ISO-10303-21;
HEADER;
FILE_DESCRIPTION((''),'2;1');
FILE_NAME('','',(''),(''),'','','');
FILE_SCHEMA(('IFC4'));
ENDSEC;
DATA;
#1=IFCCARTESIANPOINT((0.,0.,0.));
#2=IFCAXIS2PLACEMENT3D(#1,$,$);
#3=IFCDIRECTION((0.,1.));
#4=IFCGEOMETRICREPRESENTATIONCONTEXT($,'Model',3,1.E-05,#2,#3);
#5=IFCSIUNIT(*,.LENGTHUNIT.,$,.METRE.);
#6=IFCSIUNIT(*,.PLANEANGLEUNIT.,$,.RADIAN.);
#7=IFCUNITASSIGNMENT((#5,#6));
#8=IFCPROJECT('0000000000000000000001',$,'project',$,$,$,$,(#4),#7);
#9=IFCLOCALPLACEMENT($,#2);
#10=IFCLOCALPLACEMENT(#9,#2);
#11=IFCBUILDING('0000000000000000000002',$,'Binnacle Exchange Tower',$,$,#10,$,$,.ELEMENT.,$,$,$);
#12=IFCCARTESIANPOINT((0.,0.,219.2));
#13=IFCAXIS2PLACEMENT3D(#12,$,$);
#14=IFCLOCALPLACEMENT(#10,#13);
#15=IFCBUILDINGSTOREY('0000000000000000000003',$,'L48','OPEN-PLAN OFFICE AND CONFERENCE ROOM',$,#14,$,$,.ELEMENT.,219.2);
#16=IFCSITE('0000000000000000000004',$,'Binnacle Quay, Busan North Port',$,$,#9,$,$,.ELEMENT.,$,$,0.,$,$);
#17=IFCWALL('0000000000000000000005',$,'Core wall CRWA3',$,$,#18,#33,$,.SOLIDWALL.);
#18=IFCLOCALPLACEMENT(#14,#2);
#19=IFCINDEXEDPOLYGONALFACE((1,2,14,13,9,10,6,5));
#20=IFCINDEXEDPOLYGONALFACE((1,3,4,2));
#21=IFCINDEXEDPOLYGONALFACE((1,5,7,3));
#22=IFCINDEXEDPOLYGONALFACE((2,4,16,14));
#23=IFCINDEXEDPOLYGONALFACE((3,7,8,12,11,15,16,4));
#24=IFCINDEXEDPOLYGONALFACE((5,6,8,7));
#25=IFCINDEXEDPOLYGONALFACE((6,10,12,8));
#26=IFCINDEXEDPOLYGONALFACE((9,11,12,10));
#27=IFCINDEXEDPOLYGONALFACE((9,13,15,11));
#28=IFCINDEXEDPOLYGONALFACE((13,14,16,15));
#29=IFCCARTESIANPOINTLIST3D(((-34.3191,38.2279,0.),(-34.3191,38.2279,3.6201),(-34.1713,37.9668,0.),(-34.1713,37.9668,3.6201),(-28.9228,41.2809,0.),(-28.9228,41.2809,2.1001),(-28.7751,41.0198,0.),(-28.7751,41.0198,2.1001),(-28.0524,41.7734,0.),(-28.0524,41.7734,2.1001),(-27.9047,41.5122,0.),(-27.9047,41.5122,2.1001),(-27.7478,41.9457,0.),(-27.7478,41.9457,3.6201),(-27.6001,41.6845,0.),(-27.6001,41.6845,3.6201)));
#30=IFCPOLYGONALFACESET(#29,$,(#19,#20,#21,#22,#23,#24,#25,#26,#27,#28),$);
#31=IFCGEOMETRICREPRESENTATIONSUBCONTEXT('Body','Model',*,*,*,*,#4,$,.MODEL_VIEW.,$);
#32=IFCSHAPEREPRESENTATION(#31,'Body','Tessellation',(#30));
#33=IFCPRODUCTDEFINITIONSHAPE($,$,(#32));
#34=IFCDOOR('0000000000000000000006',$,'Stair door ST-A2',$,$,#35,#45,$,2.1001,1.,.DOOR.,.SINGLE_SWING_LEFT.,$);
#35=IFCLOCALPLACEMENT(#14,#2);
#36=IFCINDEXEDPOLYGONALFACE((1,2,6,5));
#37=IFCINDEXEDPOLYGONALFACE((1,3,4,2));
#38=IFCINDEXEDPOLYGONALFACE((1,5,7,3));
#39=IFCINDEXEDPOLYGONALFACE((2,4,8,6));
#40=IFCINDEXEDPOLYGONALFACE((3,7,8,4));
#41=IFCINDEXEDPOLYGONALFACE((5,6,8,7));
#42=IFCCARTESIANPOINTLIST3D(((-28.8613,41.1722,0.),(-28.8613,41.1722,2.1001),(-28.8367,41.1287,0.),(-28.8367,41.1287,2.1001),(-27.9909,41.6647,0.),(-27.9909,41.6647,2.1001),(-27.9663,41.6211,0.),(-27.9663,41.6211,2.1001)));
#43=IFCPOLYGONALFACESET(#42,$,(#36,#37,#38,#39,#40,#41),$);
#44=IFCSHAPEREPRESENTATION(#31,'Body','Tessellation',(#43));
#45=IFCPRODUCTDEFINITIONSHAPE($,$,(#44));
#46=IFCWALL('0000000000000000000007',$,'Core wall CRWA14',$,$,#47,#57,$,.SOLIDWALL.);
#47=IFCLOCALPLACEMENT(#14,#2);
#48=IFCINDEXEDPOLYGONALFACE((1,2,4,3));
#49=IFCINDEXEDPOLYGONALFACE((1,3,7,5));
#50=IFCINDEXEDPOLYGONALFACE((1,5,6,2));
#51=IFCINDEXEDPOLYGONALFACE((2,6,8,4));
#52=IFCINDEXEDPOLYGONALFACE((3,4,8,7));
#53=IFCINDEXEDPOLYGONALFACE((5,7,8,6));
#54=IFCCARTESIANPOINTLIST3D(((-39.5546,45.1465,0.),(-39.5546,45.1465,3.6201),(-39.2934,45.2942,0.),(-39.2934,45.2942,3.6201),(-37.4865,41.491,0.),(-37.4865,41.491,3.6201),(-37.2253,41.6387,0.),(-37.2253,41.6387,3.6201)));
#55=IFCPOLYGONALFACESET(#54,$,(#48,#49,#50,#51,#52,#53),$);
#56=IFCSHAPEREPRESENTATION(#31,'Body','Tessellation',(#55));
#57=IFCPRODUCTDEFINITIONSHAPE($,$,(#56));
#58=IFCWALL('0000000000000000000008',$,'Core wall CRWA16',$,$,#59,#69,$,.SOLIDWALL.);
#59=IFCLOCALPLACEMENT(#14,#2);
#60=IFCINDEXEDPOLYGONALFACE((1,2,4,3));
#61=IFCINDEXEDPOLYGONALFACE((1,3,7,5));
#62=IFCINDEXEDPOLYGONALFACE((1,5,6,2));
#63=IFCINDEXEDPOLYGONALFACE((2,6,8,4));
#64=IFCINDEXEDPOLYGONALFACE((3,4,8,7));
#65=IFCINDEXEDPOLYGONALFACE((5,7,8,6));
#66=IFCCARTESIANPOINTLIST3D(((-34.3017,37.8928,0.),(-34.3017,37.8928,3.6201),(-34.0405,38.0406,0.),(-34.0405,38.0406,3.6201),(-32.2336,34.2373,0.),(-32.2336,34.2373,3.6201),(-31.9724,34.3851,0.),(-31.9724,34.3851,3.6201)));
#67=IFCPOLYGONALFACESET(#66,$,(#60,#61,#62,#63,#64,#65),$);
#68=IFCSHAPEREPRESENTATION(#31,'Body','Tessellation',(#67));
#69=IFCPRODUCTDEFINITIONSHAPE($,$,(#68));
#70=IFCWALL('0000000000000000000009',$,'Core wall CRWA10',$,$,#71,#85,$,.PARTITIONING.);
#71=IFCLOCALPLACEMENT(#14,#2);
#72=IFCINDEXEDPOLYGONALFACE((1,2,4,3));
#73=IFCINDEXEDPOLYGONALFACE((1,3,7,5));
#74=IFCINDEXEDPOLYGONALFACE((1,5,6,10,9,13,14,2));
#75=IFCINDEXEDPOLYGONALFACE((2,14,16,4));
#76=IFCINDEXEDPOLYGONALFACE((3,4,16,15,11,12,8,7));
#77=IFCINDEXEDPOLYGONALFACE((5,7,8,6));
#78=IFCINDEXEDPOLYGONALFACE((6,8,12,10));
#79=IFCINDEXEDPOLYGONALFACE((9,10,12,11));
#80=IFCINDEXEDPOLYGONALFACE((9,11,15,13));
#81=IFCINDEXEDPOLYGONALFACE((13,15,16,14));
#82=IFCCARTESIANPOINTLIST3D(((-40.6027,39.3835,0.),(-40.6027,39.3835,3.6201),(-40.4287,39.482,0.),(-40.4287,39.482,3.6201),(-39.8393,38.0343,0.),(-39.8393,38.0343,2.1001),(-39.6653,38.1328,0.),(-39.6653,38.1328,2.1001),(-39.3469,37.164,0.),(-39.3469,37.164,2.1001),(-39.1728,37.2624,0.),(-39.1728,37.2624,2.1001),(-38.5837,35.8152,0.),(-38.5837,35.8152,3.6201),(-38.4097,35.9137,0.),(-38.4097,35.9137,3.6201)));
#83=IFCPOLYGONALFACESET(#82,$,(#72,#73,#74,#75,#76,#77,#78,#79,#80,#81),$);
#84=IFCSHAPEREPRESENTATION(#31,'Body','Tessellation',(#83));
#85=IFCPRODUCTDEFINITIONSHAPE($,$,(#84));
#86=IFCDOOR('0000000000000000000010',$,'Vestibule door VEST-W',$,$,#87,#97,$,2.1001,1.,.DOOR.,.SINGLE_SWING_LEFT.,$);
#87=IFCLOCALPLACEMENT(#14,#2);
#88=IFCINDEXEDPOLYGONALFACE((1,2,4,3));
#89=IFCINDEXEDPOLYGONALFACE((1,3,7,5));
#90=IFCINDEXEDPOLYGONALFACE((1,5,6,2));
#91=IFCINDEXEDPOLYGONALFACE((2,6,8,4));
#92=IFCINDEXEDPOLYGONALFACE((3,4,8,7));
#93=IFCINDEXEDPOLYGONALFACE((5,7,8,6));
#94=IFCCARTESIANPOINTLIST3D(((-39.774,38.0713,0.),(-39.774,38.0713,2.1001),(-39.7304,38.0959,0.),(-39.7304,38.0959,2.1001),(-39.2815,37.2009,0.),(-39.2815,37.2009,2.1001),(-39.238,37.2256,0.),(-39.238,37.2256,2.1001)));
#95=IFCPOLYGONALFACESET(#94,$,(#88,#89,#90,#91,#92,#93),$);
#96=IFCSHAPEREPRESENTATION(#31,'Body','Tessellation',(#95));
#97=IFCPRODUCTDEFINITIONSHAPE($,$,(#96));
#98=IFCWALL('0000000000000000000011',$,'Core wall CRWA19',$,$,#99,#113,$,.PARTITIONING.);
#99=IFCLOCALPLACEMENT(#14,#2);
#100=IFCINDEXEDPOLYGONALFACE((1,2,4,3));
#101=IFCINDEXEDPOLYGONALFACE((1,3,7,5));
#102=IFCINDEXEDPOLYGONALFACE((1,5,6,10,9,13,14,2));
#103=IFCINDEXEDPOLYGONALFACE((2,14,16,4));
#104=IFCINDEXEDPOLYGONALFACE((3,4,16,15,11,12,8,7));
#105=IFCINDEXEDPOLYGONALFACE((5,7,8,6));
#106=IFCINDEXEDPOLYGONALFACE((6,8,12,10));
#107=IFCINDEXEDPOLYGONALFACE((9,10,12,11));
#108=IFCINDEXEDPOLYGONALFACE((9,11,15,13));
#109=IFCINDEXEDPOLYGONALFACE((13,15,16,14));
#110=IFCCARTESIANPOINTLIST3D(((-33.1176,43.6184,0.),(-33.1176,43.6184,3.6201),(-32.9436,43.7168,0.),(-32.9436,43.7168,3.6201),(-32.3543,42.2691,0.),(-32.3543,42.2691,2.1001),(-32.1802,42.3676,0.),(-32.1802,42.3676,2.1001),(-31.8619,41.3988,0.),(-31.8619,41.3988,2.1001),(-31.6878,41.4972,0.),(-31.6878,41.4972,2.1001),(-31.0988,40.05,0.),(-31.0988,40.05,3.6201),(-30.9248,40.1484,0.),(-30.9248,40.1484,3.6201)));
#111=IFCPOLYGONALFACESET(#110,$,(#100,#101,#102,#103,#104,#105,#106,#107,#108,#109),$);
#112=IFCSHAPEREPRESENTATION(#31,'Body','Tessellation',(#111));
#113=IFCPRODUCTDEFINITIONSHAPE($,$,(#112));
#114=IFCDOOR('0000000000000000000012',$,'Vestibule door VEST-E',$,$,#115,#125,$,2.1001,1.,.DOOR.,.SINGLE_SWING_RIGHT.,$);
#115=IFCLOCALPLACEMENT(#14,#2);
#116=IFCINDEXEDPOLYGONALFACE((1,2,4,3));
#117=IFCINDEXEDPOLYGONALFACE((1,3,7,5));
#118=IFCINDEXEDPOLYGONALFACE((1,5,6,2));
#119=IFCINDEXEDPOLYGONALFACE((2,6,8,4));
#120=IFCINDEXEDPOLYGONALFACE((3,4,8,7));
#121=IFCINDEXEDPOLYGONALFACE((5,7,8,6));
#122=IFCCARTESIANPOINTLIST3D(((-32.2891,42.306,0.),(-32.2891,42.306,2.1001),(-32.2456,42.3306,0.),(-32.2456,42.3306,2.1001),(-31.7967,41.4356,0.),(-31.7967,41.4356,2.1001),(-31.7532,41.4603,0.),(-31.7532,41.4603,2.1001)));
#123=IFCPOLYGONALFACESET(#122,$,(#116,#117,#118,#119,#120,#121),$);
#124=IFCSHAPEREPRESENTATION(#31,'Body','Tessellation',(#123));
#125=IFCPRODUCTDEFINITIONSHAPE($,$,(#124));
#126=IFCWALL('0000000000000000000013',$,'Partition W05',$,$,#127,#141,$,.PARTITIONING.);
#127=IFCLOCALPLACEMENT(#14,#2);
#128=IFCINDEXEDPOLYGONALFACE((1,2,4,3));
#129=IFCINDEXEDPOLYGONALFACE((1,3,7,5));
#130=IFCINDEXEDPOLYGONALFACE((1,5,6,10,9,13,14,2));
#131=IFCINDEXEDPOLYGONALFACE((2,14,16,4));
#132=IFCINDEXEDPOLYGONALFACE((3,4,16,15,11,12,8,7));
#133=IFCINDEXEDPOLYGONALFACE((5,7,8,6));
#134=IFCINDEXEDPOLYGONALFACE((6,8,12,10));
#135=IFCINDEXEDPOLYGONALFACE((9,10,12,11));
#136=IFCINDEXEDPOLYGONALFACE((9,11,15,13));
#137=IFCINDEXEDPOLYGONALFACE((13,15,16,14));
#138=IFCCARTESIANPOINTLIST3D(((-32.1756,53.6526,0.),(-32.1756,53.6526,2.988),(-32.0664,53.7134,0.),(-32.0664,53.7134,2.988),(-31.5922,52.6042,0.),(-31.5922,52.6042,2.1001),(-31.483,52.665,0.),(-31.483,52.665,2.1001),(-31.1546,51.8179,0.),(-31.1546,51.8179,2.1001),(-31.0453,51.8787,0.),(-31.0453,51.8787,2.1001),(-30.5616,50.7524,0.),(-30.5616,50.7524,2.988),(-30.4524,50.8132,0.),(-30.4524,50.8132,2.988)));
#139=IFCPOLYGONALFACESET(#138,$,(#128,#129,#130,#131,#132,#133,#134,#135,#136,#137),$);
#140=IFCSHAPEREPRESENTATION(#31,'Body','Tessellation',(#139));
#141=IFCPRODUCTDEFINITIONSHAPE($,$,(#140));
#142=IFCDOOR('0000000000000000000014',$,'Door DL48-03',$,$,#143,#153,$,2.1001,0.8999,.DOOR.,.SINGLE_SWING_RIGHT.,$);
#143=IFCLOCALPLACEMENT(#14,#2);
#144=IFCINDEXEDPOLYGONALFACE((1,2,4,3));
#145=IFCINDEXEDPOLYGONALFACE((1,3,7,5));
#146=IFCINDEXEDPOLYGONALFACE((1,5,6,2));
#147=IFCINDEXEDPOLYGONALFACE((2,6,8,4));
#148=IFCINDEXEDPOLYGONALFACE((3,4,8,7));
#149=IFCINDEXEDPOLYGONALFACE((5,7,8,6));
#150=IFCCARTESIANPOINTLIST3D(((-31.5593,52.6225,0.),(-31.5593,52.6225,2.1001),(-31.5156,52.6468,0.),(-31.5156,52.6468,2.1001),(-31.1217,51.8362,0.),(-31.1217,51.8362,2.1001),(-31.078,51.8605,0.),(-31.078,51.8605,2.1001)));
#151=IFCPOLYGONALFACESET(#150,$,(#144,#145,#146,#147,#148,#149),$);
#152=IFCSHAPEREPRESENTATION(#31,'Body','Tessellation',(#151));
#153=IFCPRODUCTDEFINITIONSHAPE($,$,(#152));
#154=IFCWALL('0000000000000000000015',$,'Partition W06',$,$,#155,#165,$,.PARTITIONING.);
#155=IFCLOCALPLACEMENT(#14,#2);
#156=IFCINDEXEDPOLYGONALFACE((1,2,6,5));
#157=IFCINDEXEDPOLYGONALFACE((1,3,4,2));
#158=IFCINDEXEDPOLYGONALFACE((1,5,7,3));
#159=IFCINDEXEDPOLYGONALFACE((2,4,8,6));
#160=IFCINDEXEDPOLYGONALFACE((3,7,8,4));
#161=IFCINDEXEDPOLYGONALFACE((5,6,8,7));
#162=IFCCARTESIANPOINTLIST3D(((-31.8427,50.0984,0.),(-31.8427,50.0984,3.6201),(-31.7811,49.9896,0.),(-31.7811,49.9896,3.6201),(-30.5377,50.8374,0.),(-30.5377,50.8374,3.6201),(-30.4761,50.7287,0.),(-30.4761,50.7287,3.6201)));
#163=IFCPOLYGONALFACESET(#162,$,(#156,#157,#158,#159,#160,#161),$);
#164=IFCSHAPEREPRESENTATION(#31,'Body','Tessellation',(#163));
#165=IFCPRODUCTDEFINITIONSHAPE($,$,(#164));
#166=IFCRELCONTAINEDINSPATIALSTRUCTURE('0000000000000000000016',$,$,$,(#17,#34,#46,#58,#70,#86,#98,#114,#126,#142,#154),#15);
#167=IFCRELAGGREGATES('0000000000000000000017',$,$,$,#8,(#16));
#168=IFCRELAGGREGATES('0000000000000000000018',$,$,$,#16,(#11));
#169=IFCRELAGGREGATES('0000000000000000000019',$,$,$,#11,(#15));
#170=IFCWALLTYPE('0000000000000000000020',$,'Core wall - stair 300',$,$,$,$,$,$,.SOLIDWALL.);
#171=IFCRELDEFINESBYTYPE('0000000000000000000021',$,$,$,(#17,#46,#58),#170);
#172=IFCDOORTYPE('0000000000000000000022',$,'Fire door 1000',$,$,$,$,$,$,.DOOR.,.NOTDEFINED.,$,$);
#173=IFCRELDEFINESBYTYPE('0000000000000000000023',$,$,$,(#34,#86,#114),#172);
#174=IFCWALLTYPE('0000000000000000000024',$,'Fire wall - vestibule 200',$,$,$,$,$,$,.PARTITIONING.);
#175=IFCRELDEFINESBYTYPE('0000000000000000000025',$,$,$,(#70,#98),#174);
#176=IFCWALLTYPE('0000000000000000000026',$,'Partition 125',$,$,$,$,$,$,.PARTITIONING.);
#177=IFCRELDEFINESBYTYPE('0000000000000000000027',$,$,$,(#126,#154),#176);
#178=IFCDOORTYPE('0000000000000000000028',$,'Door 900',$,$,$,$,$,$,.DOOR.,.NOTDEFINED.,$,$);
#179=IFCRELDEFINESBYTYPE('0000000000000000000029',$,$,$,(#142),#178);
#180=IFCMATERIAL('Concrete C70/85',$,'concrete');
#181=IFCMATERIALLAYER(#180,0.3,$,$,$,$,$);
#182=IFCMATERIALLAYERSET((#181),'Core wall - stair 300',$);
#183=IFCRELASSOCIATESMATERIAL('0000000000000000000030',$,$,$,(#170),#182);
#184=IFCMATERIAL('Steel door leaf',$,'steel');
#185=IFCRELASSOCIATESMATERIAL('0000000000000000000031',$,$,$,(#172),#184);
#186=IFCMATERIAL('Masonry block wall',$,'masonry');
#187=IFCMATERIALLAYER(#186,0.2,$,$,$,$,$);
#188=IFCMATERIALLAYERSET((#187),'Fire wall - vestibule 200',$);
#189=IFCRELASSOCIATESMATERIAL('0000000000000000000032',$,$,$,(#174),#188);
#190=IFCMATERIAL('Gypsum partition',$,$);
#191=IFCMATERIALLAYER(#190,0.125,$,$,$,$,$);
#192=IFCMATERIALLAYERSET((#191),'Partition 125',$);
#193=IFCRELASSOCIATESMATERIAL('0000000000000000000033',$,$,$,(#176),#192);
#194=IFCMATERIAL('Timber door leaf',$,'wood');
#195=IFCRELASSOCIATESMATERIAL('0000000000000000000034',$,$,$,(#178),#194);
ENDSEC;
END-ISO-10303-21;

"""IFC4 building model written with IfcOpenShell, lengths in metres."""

from ifc_helpers import new_model, si_unit, direction, frame, frame_2d, origin, place, context, subcontext, project, spatial, rectangle, extrude, material, layer, layer_set, type_object, element, fill, save


model = new_model("IFC4")

# Units and contexts
model_context = context("Model", 3, precision=1e-05, world=origin(), true_north=direction((0.0, 1.0)))
body_context = subcontext(model_context, "Body", "Model", "MODEL_VIEW")
ifc_project = project(units=[si_unit("LENGTHUNIT", "METRE"), si_unit("PLANEANGLEUNIT", "RADIAN")], contexts=[model_context])

# Site, building, storey
site_placement = place(None, origin())
site = spatial("IfcSite", under=ifc_project, at=site_placement, Name="Binnacle Quay, Busan North Port", CompositionType="ELEMENT", RefElevation=0.0)
building_placement = place(site_placement, origin())
building = spatial("IfcBuilding", under=site, at=building_placement, Name="Binnacle Exchange Tower", CompositionType="ELEMENT")
storey_placement = place(building_placement, frame((0.0, 0.0, 219.2)))
storey = spatial("IfcBuildingStorey", under=building, at=storey_placement, Name="L48", Description="OPEN-PLAN OFFICE AND CONFERENCE ROOM", CompositionType="ELEMENT", Elevation=219.2)

# Shared definitions
ifc_material_1 = material(Name="Concrete C70/85", Category="concrete")
ifc_material_2 = material(Name="Steel door leaf", Category="steel")

# Wall, opening, door
ifc_layer_1 = layer(ifc_material_1, 0.3)
ifc_layer_set_1 = layer_set([ifc_layer_1], Name="Core wall - stair 300")
wall_type_1 = type_object("IfcWallType", Name="Core wall - stair 300", PredefinedType="SOLIDWALL", material=ifc_layer_set_1)
wall_1_placement = place(storey_placement, frame((-34.2451, 38.0974, 0.0), z_axis=(0.0, 0.0, 1.0), x_axis=(0.87036, 0.492415, 0.0)))
wall_1 = element("IfcWall", 1, at=wall_1_placement, inside=storey, type_object=wall_type_1, Name="Core wall CRWA3", PredefinedType="SOLIDWALL", context=body_context, shape_type="SweptSolid", body=[
    extrude(rectangle(XDim=7.55, YDim=0.3, at=frame_2d((3.7749, 0.0))), origin(), (0.0, 0.0, 1.0), 3.6201),
])
opening_1_placement = place(wall_1_placement, frame((6.2, 0.0, 0.0)))
opening_1 = element("IfcOpeningElement", 2, at=opening_1_placement, cuts=wall_1, PredefinedType="OPENING", context=body_context, shape_type="SweptSolid", body=[
    extrude(rectangle(XDim=1.0, YDim=2.1001, at=frame_2d((0.5, 1.05))), frame((0.0, 0.1599, 0.0), z_axis=(0.0, -1.0, 0.0), x_axis=(1.0, 0.0, 0.0)), (0.0, 0.0, 1.0), 0.3201),
])
door_type_1 = type_object("IfcDoorType", Name="Fire door 1000", OperationType="NOTDEFINED", PredefinedType="DOOR", material=ifc_material_2)
door_1_placement = place(opening_1_placement, frame((1.0, 0.0, 0.0), z_axis=(0.0, 0.0, 1.0), x_axis=(-1.0, 0.0, 0.0)))
door_1 = element("IfcDoor", 3, at=door_1_placement, inside=storey, type_object=door_type_1, Name="Stair door ST-A2", OperationType="SINGLE_SWING_LEFT", OverallHeight=2.1001, OverallWidth=1.0, PredefinedType="DOOR", context=body_context, shape_type="SweptSolid", body=[
    extrude(rectangle(XDim=1.0, YDim=2.1001, at=frame_2d((0.5, 1.05))), frame((0.0, 0.0249, 0.0), z_axis=(0.0, -1.0, 0.0), x_axis=(1.0, 0.0, 0.0)), (0.0, 0.0, 1.0), 0.05),
])
fill(opening_1, door_1)

# Walls
for number, where, z_axis, x_axis, name in (
    (4, (-39.4241, 45.2205, 0.0), (0.0, 0.0, 1.0), (0.49241, -0.870364, 0.0), "Core wall CRWA14"),
    (5, (-34.1711, 37.9668, 0.0), (0.0, 0.0, 1.0), (0.49241, -0.870364, 0.0), "Core wall CRWA16"),
):
    element("IfcWall", number, at=place(storey_placement, frame(where, z_axis=z_axis, x_axis=x_axis)), inside=storey, type_object=wall_type_1, Name=name, PredefinedType="SOLIDWALL", context=body_context, shape_type="SweptSolid", body=[
        extrude(rectangle(XDim=4.2, YDim=0.3, at=frame_2d((2.1001, 0.0))), origin(), (0.0, 0.0, 1.0), 3.6201),
    ])

# Walls, openings, doors
ifc_material_3 = material(Name="Masonry block wall", Category="masonry")
ifc_layer_2 = layer(ifc_material_3, 0.2)
ifc_layer_set_2 = layer_set([ifc_layer_2], Name="Fire wall - vestibule 200")
wall_type_2 = type_object("IfcWallType", Name="Fire wall - vestibule 200", PredefinedType="PARTITIONING", material=ifc_layer_set_2)
wall_2_placement = place(storey_placement, frame((-40.5156, 39.4326, 0.0), z_axis=(0.0, 0.0, 1.0), x_axis=(0.492454, -0.870339, 0.0)))
wall_2 = element("IfcWall", 6, at=wall_2_placement, inside=storey, type_object=wall_type_2, Name="Core wall CRWA10", PredefinedType="PARTITIONING", context=body_context, shape_type="SweptSolid", body=[
    extrude(rectangle(XDim=4.0999, YDim=0.2, at=frame_2d((2.0498, 0.0))), origin(), (0.0, 0.0, 1.0), 3.6201),
])
opening_2_placement = place(wall_2_placement, frame((1.55, 0.0, 0.0)))
opening_2 = element("IfcOpeningElement", 7, at=opening_2_placement, cuts=wall_2, PredefinedType="OPENING", context=body_context, shape_type="SweptSolid", body=[
    extrude(rectangle(XDim=1.0, YDim=2.1001, at=frame_2d((0.5, 1.05))), frame((0.0, 0.1099, 0.0), z_axis=(0.0, -1.0, 0.0), x_axis=(1.0, 0.0, 0.0)), (0.0, 0.0, 1.0), 0.22),
])
door_2_placement = place(opening_2_placement, frame((1.0, 0.0, 0.0), z_axis=(0.0, 0.0, 1.0), x_axis=(-1.0, 0.0, 0.0)))
door_2 = element("IfcDoor", 8, at=door_2_placement, inside=storey, type_object=door_type_1, Name="Vestibule door VEST-W", OperationType="SINGLE_SWING_LEFT", OverallHeight=2.1001, OverallWidth=1.0, PredefinedType="DOOR", context=body_context, shape_type="SweptSolid", body=[
    extrude(rectangle(XDim=1.0, YDim=2.1001, at=frame_2d((0.5, 1.05))), frame((0.0, 0.0249, 0.0), z_axis=(0.0, -1.0, 0.0), x_axis=(1.0, 0.0, 0.0)), (0.0, 0.0, 1.0), 0.05),
])
fill(opening_2, door_2)
wall_3_placement = place(storey_placement, frame((-33.0305, 43.6675, 0.0), z_axis=(0.0, 0.0, 1.0), x_axis=(0.492408, -0.870364, 0.0)))
wall_3 = element("IfcWall", 9, at=wall_3_placement, inside=storey, type_object=wall_type_2, Name="Core wall CRWA19", PredefinedType="PARTITIONING", context=body_context, shape_type="SweptSolid", body=[
    extrude(rectangle(XDim=4.0999, YDim=0.2, at=frame_2d((2.0498, 0.0))), origin(), (0.0, 0.0, 1.0), 3.6201),
])
opening_3_placement = place(wall_3_placement, frame((1.55, 0.0, 0.0)))
opening_3 = element("IfcOpeningElement", 10, at=opening_3_placement, cuts=wall_3, PredefinedType="OPENING", context=body_context, shape_type="SweptSolid", body=[
    extrude(rectangle(XDim=1.0, YDim=2.1001, at=frame_2d((0.5, 1.05))), frame((0.0, 0.1099, 0.0), z_axis=(0.0, -1.0, 0.0), x_axis=(1.0, 0.0, 0.0)), (0.0, 0.0, 1.0), 0.22),
])
door_3_placement = place(opening_3_placement, origin())
door_3 = element("IfcDoor", 11, at=door_3_placement, inside=storey, type_object=door_type_1, Name="Vestibule door VEST-E", OperationType="SINGLE_SWING_RIGHT", OverallHeight=2.1001, OverallWidth=1.0, PredefinedType="DOOR", context=body_context, shape_type="SweptSolid", body=[
    extrude(rectangle(XDim=1.0, YDim=2.1001, at=frame_2d((0.5, 1.05))), frame((0.0, 0.0249, 0.0), z_axis=(0.0, -1.0, 0.0), x_axis=(1.0, 0.0, 0.0)), (0.0, 0.0, 1.0), 0.05),
])
fill(opening_3, door_3)
ifc_material_4 = material(Name="Gypsum partition")
ifc_layer_3 = layer(ifc_material_4, 0.125)
ifc_layer_set_3 = layer_set([ifc_layer_3], Name="Partition 125")
wall_type_3 = type_object("IfcWallType", Name="Partition 125", PredefinedType="PARTITIONING", material=ifc_layer_set_3)
wall_4_placement = place(storey_placement, frame((-32.1211, 53.6831, 0.0), z_axis=(0.0, 0.0, 1.0), x_axis=(0.486292, -0.873796, 0.0)))
wall_4 = element("IfcWall", 12, at=wall_4_placement, inside=storey, type_object=wall_type_3, Name="Partition W05", PredefinedType="PARTITIONING", context=body_context, shape_type="SweptSolid", body=[
    extrude(rectangle(XDim=3.3191, YDim=0.125, at=frame_2d((1.6597, 0.0))), origin(), (0.0, 0.0, 1.0), 2.988),
])
opening_4_placement = place(wall_4_placement, frame((1.2, 0.0, 0.0)))
opening_4 = element("IfcOpeningElement", 13, at=opening_4_placement, cuts=wall_4, PredefinedType="OPENING", context=body_context, shape_type="SweptSolid", body=[
    extrude(rectangle(XDim=0.8999, YDim=2.1001, at=frame_2d((0.45, 1.05))), frame((0.0, 0.0725, 0.0), z_axis=(0.0, -1.0, 0.0), x_axis=(1.0, 0.0, 0.0)), (0.0, 0.0, 1.0), 0.145),
])
ifc_material_5 = material(Name="Timber door leaf", Category="wood")
door_type_2 = type_object("IfcDoorType", Name="Door 900", OperationType="NOTDEFINED", PredefinedType="DOOR", material=ifc_material_5)
door_4_placement = place(opening_4_placement, frame((0.8999, 0.0, 0.0), z_axis=(0.0, 0.0, 1.0), x_axis=(-1.0, 0.0, 0.0)))
door_4 = element("IfcDoor", 14, at=door_4_placement, inside=storey, type_object=door_type_2, Name="Door DL48-03", OperationType="SINGLE_SWING_RIGHT", OverallHeight=2.1001, OverallWidth=0.8999, PredefinedType="DOOR", context=body_context, shape_type="SweptSolid", body=[
    extrude(rectangle(XDim=0.8999, YDim=2.1001, at=frame_2d((0.45, 1.05))), frame((0.0, 0.0249, 0.0), z_axis=(0.0, -1.0, 0.0), x_axis=(1.0, 0.0, 0.0)), (0.0, 0.0, 1.0), 0.05),
])
fill(opening_4, door_4)

# Wall
wall_5_placement = place(storey_placement, frame((-31.812, 50.0439, 0.0), z_axis=(0.0, 0.0, 1.0), x_axis=(0.87015, 0.492787, 0.0)))
element("IfcWall", 15, at=wall_5_placement, inside=storey, type_object=wall_type_3, Name="Partition W06", PredefinedType="PARTITIONING", context=body_context, shape_type="SweptSolid", body=[
    extrude(rectangle(XDim=1.4998, YDim=0.125, at=frame_2d((0.75, 0.0))), origin(), (0.0, 0.0, 1.0), 3.6201),
])

save(model, "model.ifc")
